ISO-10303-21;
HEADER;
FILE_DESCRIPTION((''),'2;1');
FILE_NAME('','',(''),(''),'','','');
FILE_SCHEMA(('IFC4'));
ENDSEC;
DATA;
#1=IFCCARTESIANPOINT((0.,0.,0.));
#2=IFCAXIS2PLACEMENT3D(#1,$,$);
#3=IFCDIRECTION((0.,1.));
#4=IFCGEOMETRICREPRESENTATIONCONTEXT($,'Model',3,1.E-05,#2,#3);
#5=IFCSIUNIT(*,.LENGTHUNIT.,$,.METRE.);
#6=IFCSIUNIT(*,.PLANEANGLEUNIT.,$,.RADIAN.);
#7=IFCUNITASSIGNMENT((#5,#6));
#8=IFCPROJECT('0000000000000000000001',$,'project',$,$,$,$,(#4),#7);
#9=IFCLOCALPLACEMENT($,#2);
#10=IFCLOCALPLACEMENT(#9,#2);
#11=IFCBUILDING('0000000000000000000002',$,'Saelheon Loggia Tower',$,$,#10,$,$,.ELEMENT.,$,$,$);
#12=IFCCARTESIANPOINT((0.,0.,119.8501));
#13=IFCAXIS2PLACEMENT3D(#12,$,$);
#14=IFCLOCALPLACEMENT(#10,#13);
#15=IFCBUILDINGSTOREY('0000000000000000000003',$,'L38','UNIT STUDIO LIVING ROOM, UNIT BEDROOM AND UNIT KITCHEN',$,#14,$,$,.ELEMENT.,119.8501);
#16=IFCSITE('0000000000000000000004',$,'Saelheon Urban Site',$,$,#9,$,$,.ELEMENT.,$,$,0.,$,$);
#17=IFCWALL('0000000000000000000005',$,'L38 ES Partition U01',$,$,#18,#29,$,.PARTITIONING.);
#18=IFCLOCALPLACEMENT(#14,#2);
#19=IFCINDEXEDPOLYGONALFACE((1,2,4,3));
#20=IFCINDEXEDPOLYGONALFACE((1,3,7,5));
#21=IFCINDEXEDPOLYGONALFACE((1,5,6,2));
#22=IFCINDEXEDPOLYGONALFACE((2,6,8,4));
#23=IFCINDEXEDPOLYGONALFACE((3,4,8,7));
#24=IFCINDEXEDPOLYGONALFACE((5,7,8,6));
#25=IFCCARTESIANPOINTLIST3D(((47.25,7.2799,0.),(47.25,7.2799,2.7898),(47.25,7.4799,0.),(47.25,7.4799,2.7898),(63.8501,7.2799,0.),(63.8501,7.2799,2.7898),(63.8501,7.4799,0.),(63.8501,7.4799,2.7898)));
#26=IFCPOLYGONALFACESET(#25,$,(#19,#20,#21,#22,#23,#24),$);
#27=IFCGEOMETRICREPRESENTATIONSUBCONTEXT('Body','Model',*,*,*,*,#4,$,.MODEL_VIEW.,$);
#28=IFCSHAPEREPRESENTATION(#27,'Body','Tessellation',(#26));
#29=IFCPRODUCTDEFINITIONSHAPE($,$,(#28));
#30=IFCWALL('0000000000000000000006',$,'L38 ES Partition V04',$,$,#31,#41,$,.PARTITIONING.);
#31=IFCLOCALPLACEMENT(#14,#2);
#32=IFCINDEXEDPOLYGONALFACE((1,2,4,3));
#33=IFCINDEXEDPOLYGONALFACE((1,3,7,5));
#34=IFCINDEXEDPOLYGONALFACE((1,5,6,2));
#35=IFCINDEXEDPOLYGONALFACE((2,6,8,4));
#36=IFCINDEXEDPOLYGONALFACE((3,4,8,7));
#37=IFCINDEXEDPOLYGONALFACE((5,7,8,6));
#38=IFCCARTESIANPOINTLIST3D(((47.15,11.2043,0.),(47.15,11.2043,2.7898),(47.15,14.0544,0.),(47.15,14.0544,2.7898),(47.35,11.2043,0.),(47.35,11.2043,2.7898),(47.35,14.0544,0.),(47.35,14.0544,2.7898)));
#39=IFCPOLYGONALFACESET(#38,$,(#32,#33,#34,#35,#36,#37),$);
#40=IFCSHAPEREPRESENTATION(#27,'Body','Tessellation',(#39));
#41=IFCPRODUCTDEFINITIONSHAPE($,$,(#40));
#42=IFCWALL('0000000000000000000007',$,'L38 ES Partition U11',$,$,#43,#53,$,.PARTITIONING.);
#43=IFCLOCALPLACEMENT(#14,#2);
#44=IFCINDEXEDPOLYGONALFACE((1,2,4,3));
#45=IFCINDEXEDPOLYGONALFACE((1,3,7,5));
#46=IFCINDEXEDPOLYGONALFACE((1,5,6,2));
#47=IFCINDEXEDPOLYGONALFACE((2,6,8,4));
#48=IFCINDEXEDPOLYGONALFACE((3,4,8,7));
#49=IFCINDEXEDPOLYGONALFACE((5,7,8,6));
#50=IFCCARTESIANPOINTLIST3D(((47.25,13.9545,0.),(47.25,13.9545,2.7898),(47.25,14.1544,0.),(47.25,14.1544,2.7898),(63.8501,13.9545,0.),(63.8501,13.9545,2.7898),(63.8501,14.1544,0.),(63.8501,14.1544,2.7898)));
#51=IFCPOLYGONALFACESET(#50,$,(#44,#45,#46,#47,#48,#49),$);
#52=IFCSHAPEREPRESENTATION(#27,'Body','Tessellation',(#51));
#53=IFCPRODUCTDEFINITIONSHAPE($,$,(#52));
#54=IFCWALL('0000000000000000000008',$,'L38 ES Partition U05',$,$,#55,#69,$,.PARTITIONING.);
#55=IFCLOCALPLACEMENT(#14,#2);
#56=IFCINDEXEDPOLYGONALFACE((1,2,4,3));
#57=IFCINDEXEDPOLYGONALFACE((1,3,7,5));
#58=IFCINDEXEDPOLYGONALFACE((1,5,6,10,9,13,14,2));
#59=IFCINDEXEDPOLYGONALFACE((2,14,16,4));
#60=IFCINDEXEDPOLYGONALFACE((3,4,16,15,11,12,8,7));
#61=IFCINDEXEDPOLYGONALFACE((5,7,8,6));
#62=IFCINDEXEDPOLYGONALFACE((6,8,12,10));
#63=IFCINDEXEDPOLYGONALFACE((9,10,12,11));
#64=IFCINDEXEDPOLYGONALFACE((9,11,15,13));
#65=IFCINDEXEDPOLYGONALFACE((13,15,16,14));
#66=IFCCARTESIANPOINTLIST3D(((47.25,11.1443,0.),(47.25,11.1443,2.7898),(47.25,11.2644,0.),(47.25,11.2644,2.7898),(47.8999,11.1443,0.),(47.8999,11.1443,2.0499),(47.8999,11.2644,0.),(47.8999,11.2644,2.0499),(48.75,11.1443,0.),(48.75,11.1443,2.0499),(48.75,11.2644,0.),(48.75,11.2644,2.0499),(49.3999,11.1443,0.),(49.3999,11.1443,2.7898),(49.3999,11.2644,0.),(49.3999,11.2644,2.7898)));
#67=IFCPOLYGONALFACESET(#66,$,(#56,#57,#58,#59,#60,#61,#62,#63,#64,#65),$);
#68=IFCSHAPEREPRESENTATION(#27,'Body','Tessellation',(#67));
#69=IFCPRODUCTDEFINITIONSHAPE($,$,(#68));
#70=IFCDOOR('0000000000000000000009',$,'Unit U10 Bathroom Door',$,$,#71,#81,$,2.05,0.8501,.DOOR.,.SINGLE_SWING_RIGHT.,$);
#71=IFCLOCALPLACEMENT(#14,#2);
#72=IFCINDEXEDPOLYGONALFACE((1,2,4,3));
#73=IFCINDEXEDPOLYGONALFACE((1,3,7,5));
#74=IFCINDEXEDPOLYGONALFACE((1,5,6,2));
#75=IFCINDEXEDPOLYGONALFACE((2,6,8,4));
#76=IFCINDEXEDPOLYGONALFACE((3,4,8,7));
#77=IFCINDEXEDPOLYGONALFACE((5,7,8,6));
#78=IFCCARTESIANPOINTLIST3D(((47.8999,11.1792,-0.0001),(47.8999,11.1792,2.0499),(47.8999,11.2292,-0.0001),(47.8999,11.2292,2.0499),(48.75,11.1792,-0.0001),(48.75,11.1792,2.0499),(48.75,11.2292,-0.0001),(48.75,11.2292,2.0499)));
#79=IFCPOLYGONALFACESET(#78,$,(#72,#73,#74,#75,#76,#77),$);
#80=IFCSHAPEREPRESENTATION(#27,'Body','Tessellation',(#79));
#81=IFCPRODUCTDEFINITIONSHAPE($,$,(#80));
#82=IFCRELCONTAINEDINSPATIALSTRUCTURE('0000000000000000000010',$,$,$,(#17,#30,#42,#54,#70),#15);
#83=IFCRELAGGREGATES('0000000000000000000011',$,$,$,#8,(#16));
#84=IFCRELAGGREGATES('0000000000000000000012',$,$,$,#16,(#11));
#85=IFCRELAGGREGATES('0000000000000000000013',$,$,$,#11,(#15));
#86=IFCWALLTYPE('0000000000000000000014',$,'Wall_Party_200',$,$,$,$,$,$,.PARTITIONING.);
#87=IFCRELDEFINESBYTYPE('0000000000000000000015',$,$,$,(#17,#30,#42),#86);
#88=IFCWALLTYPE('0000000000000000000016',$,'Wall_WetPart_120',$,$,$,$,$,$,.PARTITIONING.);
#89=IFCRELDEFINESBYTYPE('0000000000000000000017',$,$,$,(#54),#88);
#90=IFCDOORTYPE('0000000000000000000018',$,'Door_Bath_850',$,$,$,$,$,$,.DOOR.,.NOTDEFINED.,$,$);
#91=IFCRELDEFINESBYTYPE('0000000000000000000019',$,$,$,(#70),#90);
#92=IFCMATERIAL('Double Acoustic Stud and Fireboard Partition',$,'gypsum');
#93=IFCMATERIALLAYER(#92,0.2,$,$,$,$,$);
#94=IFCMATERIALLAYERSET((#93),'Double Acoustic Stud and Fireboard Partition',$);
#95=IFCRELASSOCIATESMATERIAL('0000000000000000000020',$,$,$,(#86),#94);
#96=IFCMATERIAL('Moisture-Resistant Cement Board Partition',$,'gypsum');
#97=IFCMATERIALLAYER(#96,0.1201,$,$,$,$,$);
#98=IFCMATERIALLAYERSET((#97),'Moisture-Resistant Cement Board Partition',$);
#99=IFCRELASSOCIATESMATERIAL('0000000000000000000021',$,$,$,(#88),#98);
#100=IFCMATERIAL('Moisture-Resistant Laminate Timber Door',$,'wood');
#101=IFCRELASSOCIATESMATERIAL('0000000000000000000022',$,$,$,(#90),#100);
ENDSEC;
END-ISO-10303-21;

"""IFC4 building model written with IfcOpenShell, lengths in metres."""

from ifc_helpers import new_model, si_unit, direction, frame, frame_2d, origin, place, context, subcontext, project, spatial, rectangle, extrude, source, transform, mapped, material, layer, layer_set, type_object, element, fill, save


model = new_model("IFC4")

# Units and contexts
model_context = context("Model", 3, precision=1e-05, world=origin(), true_north=direction((0.0, 1.0)))
body_context = subcontext(model_context, "Body", "Model", "MODEL_VIEW")
ifc_project = project(units=[si_unit("LENGTHUNIT", "METRE"), si_unit("PLANEANGLEUNIT", "RADIAN")], contexts=[model_context])

# Site, building, storey
site_placement = place(None, origin())
site = spatial("IfcSite", under=ifc_project, at=site_placement, Name="Saelheon Urban Site", CompositionType="ELEMENT", RefElevation=0.0)
building_placement = place(site_placement, origin())
building = spatial("IfcBuilding", under=site, at=building_placement, Name="Saelheon Loggia Tower", CompositionType="ELEMENT")
storey_placement = place(building_placement, frame((0.0, 0.0, 119.8501)))
storey = spatial("IfcBuildingStorey", under=building, at=storey_placement, Name="L38", Description="UNIT STUDIO LIVING ROOM, UNIT BEDROOM AND UNIT KITCHEN", CompositionType="ELEMENT", Elevation=119.8501)

# Wall
ifc_material_1 = material(Name="Double Acoustic Stud and Fireboard Partition", Category="gypsum")
ifc_layer_1 = layer(ifc_material_1, 0.2)
ifc_layer_set_1 = layer_set([ifc_layer_1], Name="Double Acoustic Stud and Fireboard Partition")
wall_type_1 = type_object("IfcWallType", Name="Wall_Party_200", PredefinedType="PARTITIONING", material=ifc_layer_set_1)
wall_1_placement = place(storey_placement, frame((47.25, 7.3799, 0.0), z_axis=(0.0, 0.0, 1.0), x_axis=(1.0, 0.0, 0.0)))
element("IfcWall", 1, at=wall_1_placement, inside=storey, type_object=wall_type_1, Name="L38 ES Partition U01", PredefinedType="PARTITIONING", context=body_context, shape_type="SweptSolid", body=[
    extrude(rectangle(XDim=16.6001, YDim=0.2, at=frame_2d((8.3, 0.0))), origin(), (0.0, 0.0, 1.0), 2.7898),
])

# Walls
wall_2_placement = place(storey_placement, frame((47.25, 11.2043, 0.0), z_axis=(0.0, 0.0, 1.0), x_axis=(0.0, 1.0, 0.0)))
element("IfcWall", 2, at=wall_2_placement, inside=storey, type_object=wall_type_1, Name="L38 ES Partition V04", PredefinedType="PARTITIONING", context=body_context, shape_type="SweptSolid", body=[
    extrude(rectangle(XDim=2.8501, YDim=0.2, at=frame_2d((1.425, 0.0))), origin(), (0.0, 0.0, 1.0), 2.7898),
])
wall_3_placement = place(storey_placement, frame((47.25, 14.0544, 0.0), z_axis=(0.0, 0.0, 1.0), x_axis=(1.0, 0.0, 0.0)))
element("IfcWall", 3, at=wall_3_placement, inside=storey, type_object=wall_type_1, Name="L38 ES Partition U11", PredefinedType="PARTITIONING", context=body_context, shape_type="SweptSolid", body=[
    extrude(rectangle(XDim=16.6001, YDim=0.2, at=frame_2d((8.3, 0.0))), origin(), (0.0, 0.0, 1.0), 2.7898),
])

# Wall, opening, door
ifc_material_2 = material(Name="Moisture-Resistant Cement Board Partition", Category="gypsum")
ifc_layer_2 = layer(ifc_material_2, 0.1201)
ifc_layer_set_2 = layer_set([ifc_layer_2], Name="Moisture-Resistant Cement Board Partition")
wall_type_2 = type_object("IfcWallType", Name="Wall_WetPart_120", PredefinedType="PARTITIONING", material=ifc_layer_set_2)
wall_4_placement = place(storey_placement, frame((47.25, 11.2043, 0.0), z_axis=(0.0, 0.0, 1.0), x_axis=(1.0, 0.0, 0.0)))
wall_4 = element("IfcWall", 4, at=wall_4_placement, inside=storey, type_object=wall_type_2, Name="L38 ES Partition U05", PredefinedType="PARTITIONING", context=body_context, shape_type="SweptSolid", body=[
    extrude(rectangle(XDim=2.1499, YDim=0.1201, at=frame_2d((1.075, 0.0))), origin(), (0.0, 0.0, 1.0), 2.7898),
])
opening_1_placement = place(wall_4_placement, frame((0.6499, 0.0, 0.0)))
opening_1 = element("IfcOpeningElement", 5, at=opening_1_placement, cuts=wall_4, PredefinedType="OPENING", context=body_context, shape_type="SweptSolid", body=[
    extrude(rectangle(XDim=0.8501, YDim=2.05, at=frame_2d((0.425, 1.0249))), frame((0.0, 0.072, 0.0), z_axis=(0.0, -1.0, 0.0), x_axis=(1.0, 0.0, 0.0)), (0.0, 0.0, 1.0), 0.144),
])
ifc_material_3 = material(Name="Moisture-Resistant Laminate Timber Door", Category="wood")
door_type_1 = type_object("IfcDoorType", Name="Door_Bath_850", OperationType="NOTDEFINED", PredefinedType="DOOR", material=ifc_material_3)
shared_shape_1 = source(origin(), body_context, "Body", "SweptSolid", [
    extrude(rectangle(XDim=0.8501, YDim=2.05, at=frame_2d((0.425, 1.0249))), frame((0.0, 0.0249, 0.0), z_axis=(0.0, -1.0, 0.0), x_axis=(1.0, 0.0, 0.0)), (0.0, 0.0, 1.0), 0.05),
])
door_1_placement = place(opening_1_placement, origin())
door_1 = element("IfcDoor", 6, at=door_1_placement, inside=storey, type_object=door_type_1, Name="Unit U10 Bathroom Door", OperationType="SINGLE_SWING_RIGHT", OverallHeight=2.05, OverallWidth=0.8501, PredefinedType="DOOR", context=body_context, shape_type="MappedRepresentation", body=[
    mapped(shared_shape_1, transform((0.0, 0.0, 0.0), scale=1.0)),
])
fill(opening_1, door_1)

save(model, "model.ifc")
